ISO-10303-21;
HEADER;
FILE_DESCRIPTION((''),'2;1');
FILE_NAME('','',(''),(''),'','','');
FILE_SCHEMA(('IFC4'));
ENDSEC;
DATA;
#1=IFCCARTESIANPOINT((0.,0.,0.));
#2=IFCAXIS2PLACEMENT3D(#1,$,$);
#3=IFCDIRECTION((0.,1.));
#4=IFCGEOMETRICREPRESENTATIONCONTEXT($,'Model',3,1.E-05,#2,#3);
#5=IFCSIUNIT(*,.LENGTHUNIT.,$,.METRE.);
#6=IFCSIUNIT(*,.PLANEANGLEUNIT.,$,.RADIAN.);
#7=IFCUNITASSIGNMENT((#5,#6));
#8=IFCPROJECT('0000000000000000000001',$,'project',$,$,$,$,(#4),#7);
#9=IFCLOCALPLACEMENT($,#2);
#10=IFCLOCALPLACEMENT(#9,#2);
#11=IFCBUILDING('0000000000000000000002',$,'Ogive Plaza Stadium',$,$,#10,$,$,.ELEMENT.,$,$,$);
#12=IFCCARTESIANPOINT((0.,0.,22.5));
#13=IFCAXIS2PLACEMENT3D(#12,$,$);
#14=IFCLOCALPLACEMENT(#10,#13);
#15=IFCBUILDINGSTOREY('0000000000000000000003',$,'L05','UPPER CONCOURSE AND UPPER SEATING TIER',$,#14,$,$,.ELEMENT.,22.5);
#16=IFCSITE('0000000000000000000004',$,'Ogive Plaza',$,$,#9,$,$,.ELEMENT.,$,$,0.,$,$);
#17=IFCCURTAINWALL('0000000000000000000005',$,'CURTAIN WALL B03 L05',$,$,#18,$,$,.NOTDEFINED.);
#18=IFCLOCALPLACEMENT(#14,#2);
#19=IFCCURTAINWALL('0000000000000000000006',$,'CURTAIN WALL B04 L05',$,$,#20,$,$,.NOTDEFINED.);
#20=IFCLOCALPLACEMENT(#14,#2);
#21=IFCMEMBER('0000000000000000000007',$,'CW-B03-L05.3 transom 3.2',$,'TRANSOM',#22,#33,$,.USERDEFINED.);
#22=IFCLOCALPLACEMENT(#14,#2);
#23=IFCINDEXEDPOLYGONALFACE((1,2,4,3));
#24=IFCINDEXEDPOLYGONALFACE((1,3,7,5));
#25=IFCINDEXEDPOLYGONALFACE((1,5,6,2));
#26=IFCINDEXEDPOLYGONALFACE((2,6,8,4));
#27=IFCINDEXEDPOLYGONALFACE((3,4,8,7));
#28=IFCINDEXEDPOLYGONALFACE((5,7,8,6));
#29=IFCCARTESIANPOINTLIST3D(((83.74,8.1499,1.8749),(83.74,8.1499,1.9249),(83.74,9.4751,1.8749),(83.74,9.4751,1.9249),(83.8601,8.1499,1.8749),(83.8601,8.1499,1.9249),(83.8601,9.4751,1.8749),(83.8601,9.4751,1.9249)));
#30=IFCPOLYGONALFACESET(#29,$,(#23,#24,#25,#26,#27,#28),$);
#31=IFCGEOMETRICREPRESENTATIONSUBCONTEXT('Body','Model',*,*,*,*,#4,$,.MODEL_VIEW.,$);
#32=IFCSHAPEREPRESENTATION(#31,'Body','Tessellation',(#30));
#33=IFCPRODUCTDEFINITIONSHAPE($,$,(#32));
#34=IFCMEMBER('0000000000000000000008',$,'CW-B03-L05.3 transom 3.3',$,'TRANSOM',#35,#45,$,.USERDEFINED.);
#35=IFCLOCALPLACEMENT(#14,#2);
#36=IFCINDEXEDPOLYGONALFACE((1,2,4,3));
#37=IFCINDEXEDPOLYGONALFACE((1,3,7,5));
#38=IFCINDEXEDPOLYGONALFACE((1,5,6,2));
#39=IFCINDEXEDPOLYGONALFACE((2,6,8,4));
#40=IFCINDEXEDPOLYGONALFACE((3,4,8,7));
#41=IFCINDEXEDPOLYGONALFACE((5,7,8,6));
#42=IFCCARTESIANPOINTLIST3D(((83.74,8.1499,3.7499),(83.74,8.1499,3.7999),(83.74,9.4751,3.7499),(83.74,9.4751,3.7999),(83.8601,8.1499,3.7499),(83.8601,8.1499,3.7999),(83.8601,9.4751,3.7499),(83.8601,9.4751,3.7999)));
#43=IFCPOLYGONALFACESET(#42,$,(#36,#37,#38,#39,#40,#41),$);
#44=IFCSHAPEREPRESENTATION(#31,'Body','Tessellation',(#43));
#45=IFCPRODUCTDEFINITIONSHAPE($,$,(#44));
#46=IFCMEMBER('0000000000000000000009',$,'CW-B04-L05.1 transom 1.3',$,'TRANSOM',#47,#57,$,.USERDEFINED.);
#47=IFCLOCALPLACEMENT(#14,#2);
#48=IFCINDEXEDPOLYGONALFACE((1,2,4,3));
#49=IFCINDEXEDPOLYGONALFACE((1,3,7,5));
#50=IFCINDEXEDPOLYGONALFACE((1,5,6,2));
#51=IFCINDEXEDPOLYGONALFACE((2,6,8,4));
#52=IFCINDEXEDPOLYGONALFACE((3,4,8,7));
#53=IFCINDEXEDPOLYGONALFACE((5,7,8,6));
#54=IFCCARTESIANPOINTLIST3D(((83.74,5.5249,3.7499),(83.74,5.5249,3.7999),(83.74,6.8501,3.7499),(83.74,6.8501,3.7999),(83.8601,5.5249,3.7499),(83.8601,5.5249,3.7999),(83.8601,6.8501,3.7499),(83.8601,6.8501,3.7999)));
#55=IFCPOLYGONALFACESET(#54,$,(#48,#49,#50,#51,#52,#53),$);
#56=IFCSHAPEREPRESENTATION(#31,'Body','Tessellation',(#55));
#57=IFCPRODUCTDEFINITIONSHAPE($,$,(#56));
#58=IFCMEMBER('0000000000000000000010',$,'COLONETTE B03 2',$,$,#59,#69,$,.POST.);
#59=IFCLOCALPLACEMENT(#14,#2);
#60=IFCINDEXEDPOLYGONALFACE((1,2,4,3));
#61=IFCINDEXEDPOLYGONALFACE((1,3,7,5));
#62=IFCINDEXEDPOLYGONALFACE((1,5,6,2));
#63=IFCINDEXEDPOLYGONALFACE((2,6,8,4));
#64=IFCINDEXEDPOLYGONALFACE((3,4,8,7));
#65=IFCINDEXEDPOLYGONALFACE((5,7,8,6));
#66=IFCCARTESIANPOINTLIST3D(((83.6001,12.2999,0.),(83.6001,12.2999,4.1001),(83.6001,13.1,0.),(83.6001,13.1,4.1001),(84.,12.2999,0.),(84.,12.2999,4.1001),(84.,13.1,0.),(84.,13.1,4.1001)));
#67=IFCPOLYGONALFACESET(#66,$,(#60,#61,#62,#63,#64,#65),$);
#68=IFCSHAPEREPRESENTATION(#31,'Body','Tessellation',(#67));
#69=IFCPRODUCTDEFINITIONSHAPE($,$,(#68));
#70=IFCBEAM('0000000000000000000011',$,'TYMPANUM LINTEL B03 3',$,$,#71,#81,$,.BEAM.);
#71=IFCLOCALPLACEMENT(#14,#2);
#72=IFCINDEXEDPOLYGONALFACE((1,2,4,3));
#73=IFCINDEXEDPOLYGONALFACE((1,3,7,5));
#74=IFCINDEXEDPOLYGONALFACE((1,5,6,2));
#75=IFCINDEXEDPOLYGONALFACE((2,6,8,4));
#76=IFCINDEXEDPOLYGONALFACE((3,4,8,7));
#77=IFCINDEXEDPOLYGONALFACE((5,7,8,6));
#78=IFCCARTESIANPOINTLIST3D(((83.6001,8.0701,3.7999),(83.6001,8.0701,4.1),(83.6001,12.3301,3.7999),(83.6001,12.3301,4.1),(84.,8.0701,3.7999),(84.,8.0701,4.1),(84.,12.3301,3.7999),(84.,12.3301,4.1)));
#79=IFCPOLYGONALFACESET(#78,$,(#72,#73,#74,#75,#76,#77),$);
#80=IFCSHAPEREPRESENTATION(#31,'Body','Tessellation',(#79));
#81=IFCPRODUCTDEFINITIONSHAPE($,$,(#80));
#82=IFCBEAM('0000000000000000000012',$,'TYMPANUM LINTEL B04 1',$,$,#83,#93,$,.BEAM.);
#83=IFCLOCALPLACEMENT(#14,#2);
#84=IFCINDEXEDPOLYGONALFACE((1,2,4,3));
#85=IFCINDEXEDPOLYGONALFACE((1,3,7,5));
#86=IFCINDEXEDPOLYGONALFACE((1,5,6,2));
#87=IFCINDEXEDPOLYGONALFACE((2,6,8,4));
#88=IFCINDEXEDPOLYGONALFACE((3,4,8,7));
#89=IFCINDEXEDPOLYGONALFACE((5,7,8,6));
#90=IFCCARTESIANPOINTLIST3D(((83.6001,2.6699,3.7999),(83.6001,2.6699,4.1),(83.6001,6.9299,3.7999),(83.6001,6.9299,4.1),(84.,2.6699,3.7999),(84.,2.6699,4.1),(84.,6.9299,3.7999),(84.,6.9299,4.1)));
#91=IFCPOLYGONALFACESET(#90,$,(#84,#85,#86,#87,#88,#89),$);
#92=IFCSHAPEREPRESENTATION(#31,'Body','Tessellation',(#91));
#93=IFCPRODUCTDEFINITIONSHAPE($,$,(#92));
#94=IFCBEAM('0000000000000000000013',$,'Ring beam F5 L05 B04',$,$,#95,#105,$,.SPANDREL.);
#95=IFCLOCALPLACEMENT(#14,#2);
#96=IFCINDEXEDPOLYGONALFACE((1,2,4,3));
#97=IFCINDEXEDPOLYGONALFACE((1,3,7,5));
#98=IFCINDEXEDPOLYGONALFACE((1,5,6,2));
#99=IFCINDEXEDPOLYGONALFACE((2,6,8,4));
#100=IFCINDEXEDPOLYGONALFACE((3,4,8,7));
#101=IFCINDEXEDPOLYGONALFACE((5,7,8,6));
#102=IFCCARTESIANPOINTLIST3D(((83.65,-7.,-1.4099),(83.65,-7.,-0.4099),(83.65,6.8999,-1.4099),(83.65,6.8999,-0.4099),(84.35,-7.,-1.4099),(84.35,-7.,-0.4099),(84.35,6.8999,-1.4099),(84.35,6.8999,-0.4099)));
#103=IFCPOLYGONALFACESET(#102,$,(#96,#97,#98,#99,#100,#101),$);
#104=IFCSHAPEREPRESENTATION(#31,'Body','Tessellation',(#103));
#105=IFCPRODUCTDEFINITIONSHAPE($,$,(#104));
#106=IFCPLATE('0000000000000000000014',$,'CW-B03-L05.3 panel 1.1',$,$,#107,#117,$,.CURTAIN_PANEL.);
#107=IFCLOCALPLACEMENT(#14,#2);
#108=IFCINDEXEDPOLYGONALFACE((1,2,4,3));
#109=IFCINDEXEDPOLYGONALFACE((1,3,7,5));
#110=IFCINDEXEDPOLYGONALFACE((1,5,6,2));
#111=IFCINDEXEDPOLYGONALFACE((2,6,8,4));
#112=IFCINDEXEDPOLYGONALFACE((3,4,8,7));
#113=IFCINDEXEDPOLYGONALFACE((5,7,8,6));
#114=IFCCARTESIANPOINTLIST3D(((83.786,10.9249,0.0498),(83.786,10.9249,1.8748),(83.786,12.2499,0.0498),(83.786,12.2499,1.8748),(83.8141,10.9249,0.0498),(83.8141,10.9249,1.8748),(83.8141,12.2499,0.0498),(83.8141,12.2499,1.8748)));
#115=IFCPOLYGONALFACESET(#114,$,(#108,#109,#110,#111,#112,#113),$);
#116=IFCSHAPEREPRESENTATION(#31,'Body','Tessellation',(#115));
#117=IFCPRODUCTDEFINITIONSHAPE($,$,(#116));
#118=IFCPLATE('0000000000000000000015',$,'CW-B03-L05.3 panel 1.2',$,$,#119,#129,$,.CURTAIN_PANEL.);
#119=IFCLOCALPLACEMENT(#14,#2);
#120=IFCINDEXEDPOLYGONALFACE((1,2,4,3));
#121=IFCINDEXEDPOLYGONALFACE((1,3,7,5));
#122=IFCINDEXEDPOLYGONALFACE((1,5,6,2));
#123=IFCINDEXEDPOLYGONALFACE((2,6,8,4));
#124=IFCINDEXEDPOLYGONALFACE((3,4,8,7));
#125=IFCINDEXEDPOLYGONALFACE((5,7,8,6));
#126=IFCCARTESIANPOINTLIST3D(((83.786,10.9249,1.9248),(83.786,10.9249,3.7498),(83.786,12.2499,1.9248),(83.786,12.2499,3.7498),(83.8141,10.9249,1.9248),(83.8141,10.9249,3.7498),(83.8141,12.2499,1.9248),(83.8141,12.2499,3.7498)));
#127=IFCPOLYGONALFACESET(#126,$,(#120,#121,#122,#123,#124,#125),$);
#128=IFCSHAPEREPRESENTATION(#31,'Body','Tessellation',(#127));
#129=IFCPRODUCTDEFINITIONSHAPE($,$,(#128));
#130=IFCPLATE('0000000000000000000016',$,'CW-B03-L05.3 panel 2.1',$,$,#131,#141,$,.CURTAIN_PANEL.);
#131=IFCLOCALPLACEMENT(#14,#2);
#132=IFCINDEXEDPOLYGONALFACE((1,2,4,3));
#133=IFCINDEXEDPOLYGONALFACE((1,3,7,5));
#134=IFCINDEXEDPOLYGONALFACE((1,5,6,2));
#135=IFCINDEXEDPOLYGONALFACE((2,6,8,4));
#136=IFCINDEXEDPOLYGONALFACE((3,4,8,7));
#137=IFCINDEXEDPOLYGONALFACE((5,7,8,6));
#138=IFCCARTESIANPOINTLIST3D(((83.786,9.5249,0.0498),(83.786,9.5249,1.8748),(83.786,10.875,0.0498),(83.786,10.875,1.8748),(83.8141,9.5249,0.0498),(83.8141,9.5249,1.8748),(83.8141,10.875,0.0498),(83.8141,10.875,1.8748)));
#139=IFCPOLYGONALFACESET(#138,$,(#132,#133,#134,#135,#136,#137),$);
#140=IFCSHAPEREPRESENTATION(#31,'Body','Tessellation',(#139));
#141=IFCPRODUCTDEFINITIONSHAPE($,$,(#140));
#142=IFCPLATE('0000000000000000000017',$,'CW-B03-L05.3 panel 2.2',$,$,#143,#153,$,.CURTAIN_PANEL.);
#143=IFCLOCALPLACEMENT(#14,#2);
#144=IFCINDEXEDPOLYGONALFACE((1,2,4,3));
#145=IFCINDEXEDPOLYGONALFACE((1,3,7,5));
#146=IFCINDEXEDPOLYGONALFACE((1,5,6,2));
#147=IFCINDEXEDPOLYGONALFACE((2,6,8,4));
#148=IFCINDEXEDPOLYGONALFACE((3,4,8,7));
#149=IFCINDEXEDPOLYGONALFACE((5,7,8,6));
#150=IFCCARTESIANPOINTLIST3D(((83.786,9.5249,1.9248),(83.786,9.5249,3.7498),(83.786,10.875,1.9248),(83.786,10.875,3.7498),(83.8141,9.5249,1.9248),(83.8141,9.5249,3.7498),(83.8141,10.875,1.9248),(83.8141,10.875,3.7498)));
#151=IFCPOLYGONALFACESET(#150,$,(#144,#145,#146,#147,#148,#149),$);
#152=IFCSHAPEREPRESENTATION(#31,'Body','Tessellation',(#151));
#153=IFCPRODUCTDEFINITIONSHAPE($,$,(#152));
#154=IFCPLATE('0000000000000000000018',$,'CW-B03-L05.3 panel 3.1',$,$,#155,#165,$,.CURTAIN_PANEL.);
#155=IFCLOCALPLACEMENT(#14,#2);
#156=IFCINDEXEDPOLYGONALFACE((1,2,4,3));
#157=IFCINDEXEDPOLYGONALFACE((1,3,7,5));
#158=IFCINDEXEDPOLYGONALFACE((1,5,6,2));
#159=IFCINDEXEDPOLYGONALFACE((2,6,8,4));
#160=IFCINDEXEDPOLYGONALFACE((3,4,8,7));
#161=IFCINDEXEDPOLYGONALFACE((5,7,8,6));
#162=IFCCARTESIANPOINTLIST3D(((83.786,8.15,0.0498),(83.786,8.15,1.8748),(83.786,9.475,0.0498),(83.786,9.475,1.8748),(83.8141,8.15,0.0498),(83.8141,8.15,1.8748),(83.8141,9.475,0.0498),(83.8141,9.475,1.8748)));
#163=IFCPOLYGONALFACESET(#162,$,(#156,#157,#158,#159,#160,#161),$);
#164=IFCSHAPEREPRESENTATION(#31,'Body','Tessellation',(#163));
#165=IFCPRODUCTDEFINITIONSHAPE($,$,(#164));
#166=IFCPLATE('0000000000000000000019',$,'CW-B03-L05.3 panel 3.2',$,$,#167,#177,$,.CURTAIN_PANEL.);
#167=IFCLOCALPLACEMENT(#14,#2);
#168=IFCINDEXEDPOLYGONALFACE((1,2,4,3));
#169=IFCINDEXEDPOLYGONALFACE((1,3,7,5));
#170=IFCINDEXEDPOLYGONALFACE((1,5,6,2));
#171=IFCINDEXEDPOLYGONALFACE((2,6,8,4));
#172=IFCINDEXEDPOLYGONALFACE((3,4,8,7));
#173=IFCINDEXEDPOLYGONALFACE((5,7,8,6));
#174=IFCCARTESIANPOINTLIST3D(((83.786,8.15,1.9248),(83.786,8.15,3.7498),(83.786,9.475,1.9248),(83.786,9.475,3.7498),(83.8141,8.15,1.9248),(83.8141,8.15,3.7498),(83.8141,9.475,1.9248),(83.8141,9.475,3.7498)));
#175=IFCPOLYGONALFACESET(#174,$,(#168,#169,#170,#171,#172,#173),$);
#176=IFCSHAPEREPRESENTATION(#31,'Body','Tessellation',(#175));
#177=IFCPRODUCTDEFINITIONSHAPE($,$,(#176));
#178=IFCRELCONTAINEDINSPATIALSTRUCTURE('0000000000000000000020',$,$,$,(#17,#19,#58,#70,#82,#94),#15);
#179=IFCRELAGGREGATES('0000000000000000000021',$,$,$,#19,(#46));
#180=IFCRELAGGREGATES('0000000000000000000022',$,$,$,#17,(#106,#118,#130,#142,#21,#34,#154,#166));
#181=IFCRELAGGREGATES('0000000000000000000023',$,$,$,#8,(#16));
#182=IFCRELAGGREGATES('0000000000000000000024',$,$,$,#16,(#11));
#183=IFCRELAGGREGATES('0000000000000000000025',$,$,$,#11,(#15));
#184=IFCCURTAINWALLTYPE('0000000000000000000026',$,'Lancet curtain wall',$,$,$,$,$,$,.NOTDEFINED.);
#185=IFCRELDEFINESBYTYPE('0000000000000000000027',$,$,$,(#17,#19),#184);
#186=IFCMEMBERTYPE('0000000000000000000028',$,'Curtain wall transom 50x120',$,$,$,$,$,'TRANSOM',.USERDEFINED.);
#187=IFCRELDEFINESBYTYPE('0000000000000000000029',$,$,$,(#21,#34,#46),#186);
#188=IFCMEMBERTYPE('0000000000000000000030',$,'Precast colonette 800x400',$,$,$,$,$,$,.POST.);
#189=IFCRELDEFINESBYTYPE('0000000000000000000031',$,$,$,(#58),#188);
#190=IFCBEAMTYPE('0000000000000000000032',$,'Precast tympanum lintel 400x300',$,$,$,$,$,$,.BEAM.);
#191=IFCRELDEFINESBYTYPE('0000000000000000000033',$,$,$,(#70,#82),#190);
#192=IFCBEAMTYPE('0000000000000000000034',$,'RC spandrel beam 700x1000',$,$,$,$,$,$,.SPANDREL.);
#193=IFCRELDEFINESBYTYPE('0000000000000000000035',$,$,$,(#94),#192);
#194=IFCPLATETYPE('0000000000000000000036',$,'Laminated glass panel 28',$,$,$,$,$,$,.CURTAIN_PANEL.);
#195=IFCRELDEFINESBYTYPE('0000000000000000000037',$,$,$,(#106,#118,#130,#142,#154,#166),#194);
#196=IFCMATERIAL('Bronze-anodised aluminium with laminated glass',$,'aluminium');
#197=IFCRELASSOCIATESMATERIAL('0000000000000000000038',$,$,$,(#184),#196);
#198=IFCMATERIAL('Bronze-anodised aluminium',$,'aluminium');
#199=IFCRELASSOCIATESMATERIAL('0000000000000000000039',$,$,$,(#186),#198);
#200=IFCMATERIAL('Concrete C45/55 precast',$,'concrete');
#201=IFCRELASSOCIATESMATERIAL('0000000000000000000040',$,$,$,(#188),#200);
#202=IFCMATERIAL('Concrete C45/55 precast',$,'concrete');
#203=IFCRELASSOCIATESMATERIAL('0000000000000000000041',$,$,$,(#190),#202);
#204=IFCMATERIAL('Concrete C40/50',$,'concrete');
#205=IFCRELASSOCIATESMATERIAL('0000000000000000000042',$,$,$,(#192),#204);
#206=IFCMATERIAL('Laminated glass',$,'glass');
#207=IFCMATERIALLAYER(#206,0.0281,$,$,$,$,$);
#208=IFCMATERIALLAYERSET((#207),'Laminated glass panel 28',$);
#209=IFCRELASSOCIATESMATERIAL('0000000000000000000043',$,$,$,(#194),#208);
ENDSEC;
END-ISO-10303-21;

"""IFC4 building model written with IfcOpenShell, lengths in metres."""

from ifc_helpers import new_model, si_unit, direction, frame, origin, origin_2d, place, context, subcontext, project, spatial, rectangle, extrude, material, layer, layer_set, material_profile, profile_set, type_object, element, aggregate, save


model = new_model("IFC4")

# Units and contexts
model_context = context("Model", 3, precision=1e-05, world=origin(), true_north=direction((0.0, 1.0)))
body_context = subcontext(model_context, "Body", "Model", "MODEL_VIEW")
ifc_project = project(units=[si_unit("LENGTHUNIT", "METRE"), si_unit("PLANEANGLEUNIT", "RADIAN")], contexts=[model_context])

# Site, building, storey
site_placement = place(None, origin())
site = spatial("IfcSite", under=ifc_project, at=site_placement, Name="Ogive Plaza", CompositionType="ELEMENT", RefElevation=0.0)
building_placement = place(site_placement, origin())
building = spatial("IfcBuilding", under=site, at=building_placement, Name="Ogive Plaza Stadium", CompositionType="ELEMENT")
storey_placement = place(building_placement, frame((0.0, 0.0, 22.5)))
storey = spatial("IfcBuildingStorey", under=building, at=storey_placement, Name="L05", Description="UPPER CONCOURSE AND UPPER SEATING TIER", CompositionType="ELEMENT", Elevation=22.5)

# Shared definitions
ifc_material_1 = material(Name="Bronze-anodised aluminium with laminated glass", Category="aluminium")
curtain_wall_type = type_object("IfcCurtainWallType", Name="Lancet curtain wall", PredefinedType="NOTDEFINED", material=ifc_material_1)

# Curtain wall
curtain_wall_1_placement = place(storey_placement, origin())
curtain_wall_1 = element("IfcCurtainWall", 1, at=curtain_wall_1_placement, inside=storey, type_object=curtain_wall_type, Name="CURTAIN WALL B03 L05", PredefinedType="NOTDEFINED")

# Curtain wall
curtain_wall_2_placement = place(storey_placement, origin())
curtain_wall_2 = element("IfcCurtainWall", 2, at=curtain_wall_2_placement, inside=storey, type_object=curtain_wall_type, Name="CURTAIN WALL B04 L05", PredefinedType="NOTDEFINED")

# Members
ifc_material_2 = material(Name="Bronze-anodised aluminium", Category="aluminium")
ifc_material_profile_1 = material_profile(ifc_material_2, rectangle(XDim=0.1201, YDim=0.05, at=origin_2d()), Name="AL 120x50")
ifc_profile_set_1 = profile_set([ifc_material_profile_1], Name="Bronze-anodised aluminium")
member_type_1 = type_object("IfcMemberType", Name="Curtain wall transom 50x120", ElementType="TRANSOM", PredefinedType="USERDEFINED", material=ifc_profile_set_1)
member_1_placement = place(storey_placement, frame((83.8, 9.4751, 1.8999), z_axis=(0.0, -1.0, 0.0), x_axis=(1.0, 0.0, 0.0)))
member_1 = element("IfcMember", 3, at=member_1_placement, type_object=member_type_1, Name="CW-B03-L05.3 transom 3.2", ObjectType="TRANSOM", PredefinedType="USERDEFINED", context=body_context, shape_type="SweptSolid", body=[
    extrude(rectangle(XDim=0.1201, YDim=0.05, at=origin_2d()), origin(), (0.0, 0.0, 1.0), 1.3252),
])
member_2_placement = place(storey_placement, frame((83.8, 9.4751, 3.7749), z_axis=(0.0, -1.0, 0.0), x_axis=(1.0, 0.0, 0.0)))
member_2 = element("IfcMember", 4, at=member_2_placement, type_object=member_type_1, Name="CW-B03-L05.3 transom 3.3", ObjectType="TRANSOM", PredefinedType="USERDEFINED", context=body_context, shape_type="SweptSolid", body=[
    extrude(rectangle(XDim=0.1201, YDim=0.05, at=origin_2d()), origin(), (0.0, 0.0, 1.0), 1.3252),
])
member_3_placement = place(storey_placement, frame((83.8, 6.8501, 3.7749), z_axis=(0.0, -1.0, 0.0), x_axis=(1.0, 0.0, 0.0)))
member_3 = element("IfcMember", 5, at=member_3_placement, type_object=member_type_1, Name="CW-B04-L05.1 transom 1.3", ObjectType="TRANSOM", PredefinedType="USERDEFINED", context=body_context, shape_type="SweptSolid", body=[
    extrude(rectangle(XDim=0.1201, YDim=0.05, at=origin_2d()), origin(), (0.0, 0.0, 1.0), 1.3252),
])
aggregate(curtain_wall_2, [member_3])
ifc_material_3 = material(Name="Concrete C45/55 precast", Category="concrete")
ifc_material_profile_2 = material_profile(ifc_material_3, rectangle(XDim=0.3999, YDim=0.8, at=origin_2d()), Name="RC 400x800")
ifc_profile_set_2 = profile_set([ifc_material_profile_2], Name="Concrete C45/55 precast")
member_type_2 = type_object("IfcMemberType", Name="Precast colonette 800x400", PredefinedType="POST", material=ifc_profile_set_2)
member_4_placement = place(storey_placement, frame((83.8, 12.7, 0.0), z_axis=(0.0, 0.0, 1.0), x_axis=(1.0, 0.0, 0.0)))
element("IfcMember", 6, at=member_4_placement, inside=storey, type_object=member_type_2, Name="COLONETTE B03 2", PredefinedType="POST", context=body_context, shape_type="SweptSolid", body=[
    extrude(rectangle(XDim=0.3999, YDim=0.8, at=origin_2d()), origin(), (0.0, 0.0, 1.0), 4.1001),
])

# Beams
ifc_material_4 = material(Name="Concrete C45/55 precast", Category="concrete")
ifc_material_profile_3 = material_profile(ifc_material_4, rectangle(XDim=0.3999, YDim=0.3, at=origin_2d()), Name="RC 400x300")
ifc_profile_set_3 = profile_set([ifc_material_profile_3], Name="Concrete C45/55 precast")
beam_type_1 = type_object("IfcBeamType", Name="Precast tympanum lintel 400x300", PredefinedType="BEAM", material=ifc_profile_set_3)
for number, where, z_axis, x_axis, name in (
    (7, (83.8, 12.3301, 3.95), (0.0, -1.0, 0.0), (1.0, 0.0, 0.0), "TYMPANUM LINTEL B03 3"),
    (8, (83.8, 6.9299, 3.95), (0.0, -1.0, 0.0), (1.0, 0.0, 0.0), "TYMPANUM LINTEL B04 1"),
):
    element("IfcBeam", number, at=place(storey_placement, frame(where, z_axis=z_axis, x_axis=x_axis)), inside=storey, type_object=beam_type_1, Name=name, PredefinedType="BEAM", context=body_context, shape_type="SweptSolid", body=[
        extrude(rectangle(XDim=0.3999, YDim=0.3, at=origin_2d()), origin(), (0.0, 0.0, 1.0), 4.26),
    ])
ifc_material_5 = material(Name="Concrete C40/50", Category="concrete")
ifc_material_profile_4 = material_profile(ifc_material_5, rectangle(XDim=0.7, YDim=1.0, at=origin_2d()), Name="RC 700x1000")
ifc_profile_set_4 = profile_set([ifc_material_profile_4], Name="Concrete C40/50")
beam_type_2 = type_object("IfcBeamType", Name="RC spandrel beam 700x1000", PredefinedType="SPANDREL", material=ifc_profile_set_4)
beam_placement = place(storey_placement, frame((84.0, 6.8999, -0.9099), z_axis=(0.0, -1.0, 0.0), x_axis=(1.0, 0.0, 0.0)))
element("IfcBeam", 9, at=beam_placement, inside=storey, type_object=beam_type_2, Name="Ring beam F5 L05 B04", PredefinedType="SPANDREL", context=body_context, shape_type="SweptSolid", body=[
    extrude(rectangle(XDim=0.7, YDim=1.0, at=origin_2d()), origin(), (0.0, 0.0, 1.0), 13.8999),
])

# Plates
ifc_material_6 = material(Name="Laminated glass", Category="glass")
ifc_layer_1 = layer(ifc_material_6, 0.0281)
ifc_layer_set_1 = layer_set([ifc_layer_1], Name="Laminated glass panel 28")
plate_type = type_object("IfcPlateType", Name="Laminated glass panel 28", PredefinedType="CURTAIN_PANEL", material=ifc_layer_set_1)
plate_1_placement = place(storey_placement, frame((83.8, 11.5874, 0.0498), z_axis=(0.0, 0.0, 1.0), x_axis=(0.0, -1.0, 0.0)))
plate_1 = element("IfcPlate", 10, at=plate_1_placement, type_object=plate_type, Name="CW-B03-L05.3 panel 1.1", PredefinedType="CURTAIN_PANEL", context=body_context, shape_type="SweptSolid", body=[
    extrude(rectangle(XDim=1.325, YDim=0.0281, at=origin_2d()), origin(), (0.0, 0.0, 1.0), 1.825),
])
plate_2_placement = place(storey_placement, frame((83.8, 11.5874, 1.9248), z_axis=(0.0, 0.0, 1.0), x_axis=(0.0, -1.0, 0.0)))
plate_2 = element("IfcPlate", 11, at=plate_2_placement, type_object=plate_type, Name="CW-B03-L05.3 panel 1.2", PredefinedType="CURTAIN_PANEL", context=body_context, shape_type="SweptSolid", body=[
    extrude(rectangle(XDim=1.325, YDim=0.0281, at=origin_2d()), origin(), (0.0, 0.0, 1.0), 1.825),
])
plate_3_placement = place(storey_placement, frame((83.8, 10.2, 0.0498), z_axis=(0.0, 0.0, 1.0), x_axis=(0.0, -1.0, 0.0)))
plate_3 = element("IfcPlate", 12, at=plate_3_placement, type_object=plate_type, Name="CW-B03-L05.3 panel 2.1", PredefinedType="CURTAIN_PANEL", context=body_context, shape_type="SweptSolid", body=[
    extrude(rectangle(XDim=1.3501, YDim=0.0281, at=origin_2d()), origin(), (0.0, 0.0, 1.0), 1.825),
])
plate_4_placement = place(storey_placement, frame((83.8, 10.2, 1.9248), z_axis=(0.0, 0.0, 1.0), x_axis=(0.0, -1.0, 0.0)))
plate_4 = element("IfcPlate", 13, at=plate_4_placement, type_object=plate_type, Name="CW-B03-L05.3 panel 2.2", PredefinedType="CURTAIN_PANEL", context=body_context, shape_type="SweptSolid", body=[
    extrude(rectangle(XDim=1.3501, YDim=0.0281, at=origin_2d()), origin(), (0.0, 0.0, 1.0), 1.825),
])
plate_5_placement = place(storey_placement, frame((83.8, 8.8125, 0.0498), z_axis=(0.0, 0.0, 1.0), x_axis=(0.0, -1.0, 0.0)))
plate_5 = element("IfcPlate", 14, at=plate_5_placement, type_object=plate_type, Name="CW-B03-L05.3 panel 3.1", PredefinedType="CURTAIN_PANEL", context=body_context, shape_type="SweptSolid", body=[
    extrude(rectangle(XDim=1.325, YDim=0.0281, at=origin_2d()), origin(), (0.0, 0.0, 1.0), 1.825),
])
plate_6_placement = place(storey_placement, frame((83.8, 8.8125, 1.9248), z_axis=(0.0, 0.0, 1.0), x_axis=(0.0, -1.0, 0.0)))
plate_6 = element("IfcPlate", 15, at=plate_6_placement, type_object=plate_type, Name="CW-B03-L05.3 panel 3.2", PredefinedType="CURTAIN_PANEL", context=body_context, shape_type="SweptSolid", body=[
    extrude(rectangle(XDim=1.325, YDim=0.0281, at=origin_2d()), origin(), (0.0, 0.0, 1.0), 1.825),
])
aggregate(curtain_wall_1, [plate_1, plate_2, plate_3, plate_4, member_1, member_2, plate_5, plate_6])

save(model, "model.ifc")
